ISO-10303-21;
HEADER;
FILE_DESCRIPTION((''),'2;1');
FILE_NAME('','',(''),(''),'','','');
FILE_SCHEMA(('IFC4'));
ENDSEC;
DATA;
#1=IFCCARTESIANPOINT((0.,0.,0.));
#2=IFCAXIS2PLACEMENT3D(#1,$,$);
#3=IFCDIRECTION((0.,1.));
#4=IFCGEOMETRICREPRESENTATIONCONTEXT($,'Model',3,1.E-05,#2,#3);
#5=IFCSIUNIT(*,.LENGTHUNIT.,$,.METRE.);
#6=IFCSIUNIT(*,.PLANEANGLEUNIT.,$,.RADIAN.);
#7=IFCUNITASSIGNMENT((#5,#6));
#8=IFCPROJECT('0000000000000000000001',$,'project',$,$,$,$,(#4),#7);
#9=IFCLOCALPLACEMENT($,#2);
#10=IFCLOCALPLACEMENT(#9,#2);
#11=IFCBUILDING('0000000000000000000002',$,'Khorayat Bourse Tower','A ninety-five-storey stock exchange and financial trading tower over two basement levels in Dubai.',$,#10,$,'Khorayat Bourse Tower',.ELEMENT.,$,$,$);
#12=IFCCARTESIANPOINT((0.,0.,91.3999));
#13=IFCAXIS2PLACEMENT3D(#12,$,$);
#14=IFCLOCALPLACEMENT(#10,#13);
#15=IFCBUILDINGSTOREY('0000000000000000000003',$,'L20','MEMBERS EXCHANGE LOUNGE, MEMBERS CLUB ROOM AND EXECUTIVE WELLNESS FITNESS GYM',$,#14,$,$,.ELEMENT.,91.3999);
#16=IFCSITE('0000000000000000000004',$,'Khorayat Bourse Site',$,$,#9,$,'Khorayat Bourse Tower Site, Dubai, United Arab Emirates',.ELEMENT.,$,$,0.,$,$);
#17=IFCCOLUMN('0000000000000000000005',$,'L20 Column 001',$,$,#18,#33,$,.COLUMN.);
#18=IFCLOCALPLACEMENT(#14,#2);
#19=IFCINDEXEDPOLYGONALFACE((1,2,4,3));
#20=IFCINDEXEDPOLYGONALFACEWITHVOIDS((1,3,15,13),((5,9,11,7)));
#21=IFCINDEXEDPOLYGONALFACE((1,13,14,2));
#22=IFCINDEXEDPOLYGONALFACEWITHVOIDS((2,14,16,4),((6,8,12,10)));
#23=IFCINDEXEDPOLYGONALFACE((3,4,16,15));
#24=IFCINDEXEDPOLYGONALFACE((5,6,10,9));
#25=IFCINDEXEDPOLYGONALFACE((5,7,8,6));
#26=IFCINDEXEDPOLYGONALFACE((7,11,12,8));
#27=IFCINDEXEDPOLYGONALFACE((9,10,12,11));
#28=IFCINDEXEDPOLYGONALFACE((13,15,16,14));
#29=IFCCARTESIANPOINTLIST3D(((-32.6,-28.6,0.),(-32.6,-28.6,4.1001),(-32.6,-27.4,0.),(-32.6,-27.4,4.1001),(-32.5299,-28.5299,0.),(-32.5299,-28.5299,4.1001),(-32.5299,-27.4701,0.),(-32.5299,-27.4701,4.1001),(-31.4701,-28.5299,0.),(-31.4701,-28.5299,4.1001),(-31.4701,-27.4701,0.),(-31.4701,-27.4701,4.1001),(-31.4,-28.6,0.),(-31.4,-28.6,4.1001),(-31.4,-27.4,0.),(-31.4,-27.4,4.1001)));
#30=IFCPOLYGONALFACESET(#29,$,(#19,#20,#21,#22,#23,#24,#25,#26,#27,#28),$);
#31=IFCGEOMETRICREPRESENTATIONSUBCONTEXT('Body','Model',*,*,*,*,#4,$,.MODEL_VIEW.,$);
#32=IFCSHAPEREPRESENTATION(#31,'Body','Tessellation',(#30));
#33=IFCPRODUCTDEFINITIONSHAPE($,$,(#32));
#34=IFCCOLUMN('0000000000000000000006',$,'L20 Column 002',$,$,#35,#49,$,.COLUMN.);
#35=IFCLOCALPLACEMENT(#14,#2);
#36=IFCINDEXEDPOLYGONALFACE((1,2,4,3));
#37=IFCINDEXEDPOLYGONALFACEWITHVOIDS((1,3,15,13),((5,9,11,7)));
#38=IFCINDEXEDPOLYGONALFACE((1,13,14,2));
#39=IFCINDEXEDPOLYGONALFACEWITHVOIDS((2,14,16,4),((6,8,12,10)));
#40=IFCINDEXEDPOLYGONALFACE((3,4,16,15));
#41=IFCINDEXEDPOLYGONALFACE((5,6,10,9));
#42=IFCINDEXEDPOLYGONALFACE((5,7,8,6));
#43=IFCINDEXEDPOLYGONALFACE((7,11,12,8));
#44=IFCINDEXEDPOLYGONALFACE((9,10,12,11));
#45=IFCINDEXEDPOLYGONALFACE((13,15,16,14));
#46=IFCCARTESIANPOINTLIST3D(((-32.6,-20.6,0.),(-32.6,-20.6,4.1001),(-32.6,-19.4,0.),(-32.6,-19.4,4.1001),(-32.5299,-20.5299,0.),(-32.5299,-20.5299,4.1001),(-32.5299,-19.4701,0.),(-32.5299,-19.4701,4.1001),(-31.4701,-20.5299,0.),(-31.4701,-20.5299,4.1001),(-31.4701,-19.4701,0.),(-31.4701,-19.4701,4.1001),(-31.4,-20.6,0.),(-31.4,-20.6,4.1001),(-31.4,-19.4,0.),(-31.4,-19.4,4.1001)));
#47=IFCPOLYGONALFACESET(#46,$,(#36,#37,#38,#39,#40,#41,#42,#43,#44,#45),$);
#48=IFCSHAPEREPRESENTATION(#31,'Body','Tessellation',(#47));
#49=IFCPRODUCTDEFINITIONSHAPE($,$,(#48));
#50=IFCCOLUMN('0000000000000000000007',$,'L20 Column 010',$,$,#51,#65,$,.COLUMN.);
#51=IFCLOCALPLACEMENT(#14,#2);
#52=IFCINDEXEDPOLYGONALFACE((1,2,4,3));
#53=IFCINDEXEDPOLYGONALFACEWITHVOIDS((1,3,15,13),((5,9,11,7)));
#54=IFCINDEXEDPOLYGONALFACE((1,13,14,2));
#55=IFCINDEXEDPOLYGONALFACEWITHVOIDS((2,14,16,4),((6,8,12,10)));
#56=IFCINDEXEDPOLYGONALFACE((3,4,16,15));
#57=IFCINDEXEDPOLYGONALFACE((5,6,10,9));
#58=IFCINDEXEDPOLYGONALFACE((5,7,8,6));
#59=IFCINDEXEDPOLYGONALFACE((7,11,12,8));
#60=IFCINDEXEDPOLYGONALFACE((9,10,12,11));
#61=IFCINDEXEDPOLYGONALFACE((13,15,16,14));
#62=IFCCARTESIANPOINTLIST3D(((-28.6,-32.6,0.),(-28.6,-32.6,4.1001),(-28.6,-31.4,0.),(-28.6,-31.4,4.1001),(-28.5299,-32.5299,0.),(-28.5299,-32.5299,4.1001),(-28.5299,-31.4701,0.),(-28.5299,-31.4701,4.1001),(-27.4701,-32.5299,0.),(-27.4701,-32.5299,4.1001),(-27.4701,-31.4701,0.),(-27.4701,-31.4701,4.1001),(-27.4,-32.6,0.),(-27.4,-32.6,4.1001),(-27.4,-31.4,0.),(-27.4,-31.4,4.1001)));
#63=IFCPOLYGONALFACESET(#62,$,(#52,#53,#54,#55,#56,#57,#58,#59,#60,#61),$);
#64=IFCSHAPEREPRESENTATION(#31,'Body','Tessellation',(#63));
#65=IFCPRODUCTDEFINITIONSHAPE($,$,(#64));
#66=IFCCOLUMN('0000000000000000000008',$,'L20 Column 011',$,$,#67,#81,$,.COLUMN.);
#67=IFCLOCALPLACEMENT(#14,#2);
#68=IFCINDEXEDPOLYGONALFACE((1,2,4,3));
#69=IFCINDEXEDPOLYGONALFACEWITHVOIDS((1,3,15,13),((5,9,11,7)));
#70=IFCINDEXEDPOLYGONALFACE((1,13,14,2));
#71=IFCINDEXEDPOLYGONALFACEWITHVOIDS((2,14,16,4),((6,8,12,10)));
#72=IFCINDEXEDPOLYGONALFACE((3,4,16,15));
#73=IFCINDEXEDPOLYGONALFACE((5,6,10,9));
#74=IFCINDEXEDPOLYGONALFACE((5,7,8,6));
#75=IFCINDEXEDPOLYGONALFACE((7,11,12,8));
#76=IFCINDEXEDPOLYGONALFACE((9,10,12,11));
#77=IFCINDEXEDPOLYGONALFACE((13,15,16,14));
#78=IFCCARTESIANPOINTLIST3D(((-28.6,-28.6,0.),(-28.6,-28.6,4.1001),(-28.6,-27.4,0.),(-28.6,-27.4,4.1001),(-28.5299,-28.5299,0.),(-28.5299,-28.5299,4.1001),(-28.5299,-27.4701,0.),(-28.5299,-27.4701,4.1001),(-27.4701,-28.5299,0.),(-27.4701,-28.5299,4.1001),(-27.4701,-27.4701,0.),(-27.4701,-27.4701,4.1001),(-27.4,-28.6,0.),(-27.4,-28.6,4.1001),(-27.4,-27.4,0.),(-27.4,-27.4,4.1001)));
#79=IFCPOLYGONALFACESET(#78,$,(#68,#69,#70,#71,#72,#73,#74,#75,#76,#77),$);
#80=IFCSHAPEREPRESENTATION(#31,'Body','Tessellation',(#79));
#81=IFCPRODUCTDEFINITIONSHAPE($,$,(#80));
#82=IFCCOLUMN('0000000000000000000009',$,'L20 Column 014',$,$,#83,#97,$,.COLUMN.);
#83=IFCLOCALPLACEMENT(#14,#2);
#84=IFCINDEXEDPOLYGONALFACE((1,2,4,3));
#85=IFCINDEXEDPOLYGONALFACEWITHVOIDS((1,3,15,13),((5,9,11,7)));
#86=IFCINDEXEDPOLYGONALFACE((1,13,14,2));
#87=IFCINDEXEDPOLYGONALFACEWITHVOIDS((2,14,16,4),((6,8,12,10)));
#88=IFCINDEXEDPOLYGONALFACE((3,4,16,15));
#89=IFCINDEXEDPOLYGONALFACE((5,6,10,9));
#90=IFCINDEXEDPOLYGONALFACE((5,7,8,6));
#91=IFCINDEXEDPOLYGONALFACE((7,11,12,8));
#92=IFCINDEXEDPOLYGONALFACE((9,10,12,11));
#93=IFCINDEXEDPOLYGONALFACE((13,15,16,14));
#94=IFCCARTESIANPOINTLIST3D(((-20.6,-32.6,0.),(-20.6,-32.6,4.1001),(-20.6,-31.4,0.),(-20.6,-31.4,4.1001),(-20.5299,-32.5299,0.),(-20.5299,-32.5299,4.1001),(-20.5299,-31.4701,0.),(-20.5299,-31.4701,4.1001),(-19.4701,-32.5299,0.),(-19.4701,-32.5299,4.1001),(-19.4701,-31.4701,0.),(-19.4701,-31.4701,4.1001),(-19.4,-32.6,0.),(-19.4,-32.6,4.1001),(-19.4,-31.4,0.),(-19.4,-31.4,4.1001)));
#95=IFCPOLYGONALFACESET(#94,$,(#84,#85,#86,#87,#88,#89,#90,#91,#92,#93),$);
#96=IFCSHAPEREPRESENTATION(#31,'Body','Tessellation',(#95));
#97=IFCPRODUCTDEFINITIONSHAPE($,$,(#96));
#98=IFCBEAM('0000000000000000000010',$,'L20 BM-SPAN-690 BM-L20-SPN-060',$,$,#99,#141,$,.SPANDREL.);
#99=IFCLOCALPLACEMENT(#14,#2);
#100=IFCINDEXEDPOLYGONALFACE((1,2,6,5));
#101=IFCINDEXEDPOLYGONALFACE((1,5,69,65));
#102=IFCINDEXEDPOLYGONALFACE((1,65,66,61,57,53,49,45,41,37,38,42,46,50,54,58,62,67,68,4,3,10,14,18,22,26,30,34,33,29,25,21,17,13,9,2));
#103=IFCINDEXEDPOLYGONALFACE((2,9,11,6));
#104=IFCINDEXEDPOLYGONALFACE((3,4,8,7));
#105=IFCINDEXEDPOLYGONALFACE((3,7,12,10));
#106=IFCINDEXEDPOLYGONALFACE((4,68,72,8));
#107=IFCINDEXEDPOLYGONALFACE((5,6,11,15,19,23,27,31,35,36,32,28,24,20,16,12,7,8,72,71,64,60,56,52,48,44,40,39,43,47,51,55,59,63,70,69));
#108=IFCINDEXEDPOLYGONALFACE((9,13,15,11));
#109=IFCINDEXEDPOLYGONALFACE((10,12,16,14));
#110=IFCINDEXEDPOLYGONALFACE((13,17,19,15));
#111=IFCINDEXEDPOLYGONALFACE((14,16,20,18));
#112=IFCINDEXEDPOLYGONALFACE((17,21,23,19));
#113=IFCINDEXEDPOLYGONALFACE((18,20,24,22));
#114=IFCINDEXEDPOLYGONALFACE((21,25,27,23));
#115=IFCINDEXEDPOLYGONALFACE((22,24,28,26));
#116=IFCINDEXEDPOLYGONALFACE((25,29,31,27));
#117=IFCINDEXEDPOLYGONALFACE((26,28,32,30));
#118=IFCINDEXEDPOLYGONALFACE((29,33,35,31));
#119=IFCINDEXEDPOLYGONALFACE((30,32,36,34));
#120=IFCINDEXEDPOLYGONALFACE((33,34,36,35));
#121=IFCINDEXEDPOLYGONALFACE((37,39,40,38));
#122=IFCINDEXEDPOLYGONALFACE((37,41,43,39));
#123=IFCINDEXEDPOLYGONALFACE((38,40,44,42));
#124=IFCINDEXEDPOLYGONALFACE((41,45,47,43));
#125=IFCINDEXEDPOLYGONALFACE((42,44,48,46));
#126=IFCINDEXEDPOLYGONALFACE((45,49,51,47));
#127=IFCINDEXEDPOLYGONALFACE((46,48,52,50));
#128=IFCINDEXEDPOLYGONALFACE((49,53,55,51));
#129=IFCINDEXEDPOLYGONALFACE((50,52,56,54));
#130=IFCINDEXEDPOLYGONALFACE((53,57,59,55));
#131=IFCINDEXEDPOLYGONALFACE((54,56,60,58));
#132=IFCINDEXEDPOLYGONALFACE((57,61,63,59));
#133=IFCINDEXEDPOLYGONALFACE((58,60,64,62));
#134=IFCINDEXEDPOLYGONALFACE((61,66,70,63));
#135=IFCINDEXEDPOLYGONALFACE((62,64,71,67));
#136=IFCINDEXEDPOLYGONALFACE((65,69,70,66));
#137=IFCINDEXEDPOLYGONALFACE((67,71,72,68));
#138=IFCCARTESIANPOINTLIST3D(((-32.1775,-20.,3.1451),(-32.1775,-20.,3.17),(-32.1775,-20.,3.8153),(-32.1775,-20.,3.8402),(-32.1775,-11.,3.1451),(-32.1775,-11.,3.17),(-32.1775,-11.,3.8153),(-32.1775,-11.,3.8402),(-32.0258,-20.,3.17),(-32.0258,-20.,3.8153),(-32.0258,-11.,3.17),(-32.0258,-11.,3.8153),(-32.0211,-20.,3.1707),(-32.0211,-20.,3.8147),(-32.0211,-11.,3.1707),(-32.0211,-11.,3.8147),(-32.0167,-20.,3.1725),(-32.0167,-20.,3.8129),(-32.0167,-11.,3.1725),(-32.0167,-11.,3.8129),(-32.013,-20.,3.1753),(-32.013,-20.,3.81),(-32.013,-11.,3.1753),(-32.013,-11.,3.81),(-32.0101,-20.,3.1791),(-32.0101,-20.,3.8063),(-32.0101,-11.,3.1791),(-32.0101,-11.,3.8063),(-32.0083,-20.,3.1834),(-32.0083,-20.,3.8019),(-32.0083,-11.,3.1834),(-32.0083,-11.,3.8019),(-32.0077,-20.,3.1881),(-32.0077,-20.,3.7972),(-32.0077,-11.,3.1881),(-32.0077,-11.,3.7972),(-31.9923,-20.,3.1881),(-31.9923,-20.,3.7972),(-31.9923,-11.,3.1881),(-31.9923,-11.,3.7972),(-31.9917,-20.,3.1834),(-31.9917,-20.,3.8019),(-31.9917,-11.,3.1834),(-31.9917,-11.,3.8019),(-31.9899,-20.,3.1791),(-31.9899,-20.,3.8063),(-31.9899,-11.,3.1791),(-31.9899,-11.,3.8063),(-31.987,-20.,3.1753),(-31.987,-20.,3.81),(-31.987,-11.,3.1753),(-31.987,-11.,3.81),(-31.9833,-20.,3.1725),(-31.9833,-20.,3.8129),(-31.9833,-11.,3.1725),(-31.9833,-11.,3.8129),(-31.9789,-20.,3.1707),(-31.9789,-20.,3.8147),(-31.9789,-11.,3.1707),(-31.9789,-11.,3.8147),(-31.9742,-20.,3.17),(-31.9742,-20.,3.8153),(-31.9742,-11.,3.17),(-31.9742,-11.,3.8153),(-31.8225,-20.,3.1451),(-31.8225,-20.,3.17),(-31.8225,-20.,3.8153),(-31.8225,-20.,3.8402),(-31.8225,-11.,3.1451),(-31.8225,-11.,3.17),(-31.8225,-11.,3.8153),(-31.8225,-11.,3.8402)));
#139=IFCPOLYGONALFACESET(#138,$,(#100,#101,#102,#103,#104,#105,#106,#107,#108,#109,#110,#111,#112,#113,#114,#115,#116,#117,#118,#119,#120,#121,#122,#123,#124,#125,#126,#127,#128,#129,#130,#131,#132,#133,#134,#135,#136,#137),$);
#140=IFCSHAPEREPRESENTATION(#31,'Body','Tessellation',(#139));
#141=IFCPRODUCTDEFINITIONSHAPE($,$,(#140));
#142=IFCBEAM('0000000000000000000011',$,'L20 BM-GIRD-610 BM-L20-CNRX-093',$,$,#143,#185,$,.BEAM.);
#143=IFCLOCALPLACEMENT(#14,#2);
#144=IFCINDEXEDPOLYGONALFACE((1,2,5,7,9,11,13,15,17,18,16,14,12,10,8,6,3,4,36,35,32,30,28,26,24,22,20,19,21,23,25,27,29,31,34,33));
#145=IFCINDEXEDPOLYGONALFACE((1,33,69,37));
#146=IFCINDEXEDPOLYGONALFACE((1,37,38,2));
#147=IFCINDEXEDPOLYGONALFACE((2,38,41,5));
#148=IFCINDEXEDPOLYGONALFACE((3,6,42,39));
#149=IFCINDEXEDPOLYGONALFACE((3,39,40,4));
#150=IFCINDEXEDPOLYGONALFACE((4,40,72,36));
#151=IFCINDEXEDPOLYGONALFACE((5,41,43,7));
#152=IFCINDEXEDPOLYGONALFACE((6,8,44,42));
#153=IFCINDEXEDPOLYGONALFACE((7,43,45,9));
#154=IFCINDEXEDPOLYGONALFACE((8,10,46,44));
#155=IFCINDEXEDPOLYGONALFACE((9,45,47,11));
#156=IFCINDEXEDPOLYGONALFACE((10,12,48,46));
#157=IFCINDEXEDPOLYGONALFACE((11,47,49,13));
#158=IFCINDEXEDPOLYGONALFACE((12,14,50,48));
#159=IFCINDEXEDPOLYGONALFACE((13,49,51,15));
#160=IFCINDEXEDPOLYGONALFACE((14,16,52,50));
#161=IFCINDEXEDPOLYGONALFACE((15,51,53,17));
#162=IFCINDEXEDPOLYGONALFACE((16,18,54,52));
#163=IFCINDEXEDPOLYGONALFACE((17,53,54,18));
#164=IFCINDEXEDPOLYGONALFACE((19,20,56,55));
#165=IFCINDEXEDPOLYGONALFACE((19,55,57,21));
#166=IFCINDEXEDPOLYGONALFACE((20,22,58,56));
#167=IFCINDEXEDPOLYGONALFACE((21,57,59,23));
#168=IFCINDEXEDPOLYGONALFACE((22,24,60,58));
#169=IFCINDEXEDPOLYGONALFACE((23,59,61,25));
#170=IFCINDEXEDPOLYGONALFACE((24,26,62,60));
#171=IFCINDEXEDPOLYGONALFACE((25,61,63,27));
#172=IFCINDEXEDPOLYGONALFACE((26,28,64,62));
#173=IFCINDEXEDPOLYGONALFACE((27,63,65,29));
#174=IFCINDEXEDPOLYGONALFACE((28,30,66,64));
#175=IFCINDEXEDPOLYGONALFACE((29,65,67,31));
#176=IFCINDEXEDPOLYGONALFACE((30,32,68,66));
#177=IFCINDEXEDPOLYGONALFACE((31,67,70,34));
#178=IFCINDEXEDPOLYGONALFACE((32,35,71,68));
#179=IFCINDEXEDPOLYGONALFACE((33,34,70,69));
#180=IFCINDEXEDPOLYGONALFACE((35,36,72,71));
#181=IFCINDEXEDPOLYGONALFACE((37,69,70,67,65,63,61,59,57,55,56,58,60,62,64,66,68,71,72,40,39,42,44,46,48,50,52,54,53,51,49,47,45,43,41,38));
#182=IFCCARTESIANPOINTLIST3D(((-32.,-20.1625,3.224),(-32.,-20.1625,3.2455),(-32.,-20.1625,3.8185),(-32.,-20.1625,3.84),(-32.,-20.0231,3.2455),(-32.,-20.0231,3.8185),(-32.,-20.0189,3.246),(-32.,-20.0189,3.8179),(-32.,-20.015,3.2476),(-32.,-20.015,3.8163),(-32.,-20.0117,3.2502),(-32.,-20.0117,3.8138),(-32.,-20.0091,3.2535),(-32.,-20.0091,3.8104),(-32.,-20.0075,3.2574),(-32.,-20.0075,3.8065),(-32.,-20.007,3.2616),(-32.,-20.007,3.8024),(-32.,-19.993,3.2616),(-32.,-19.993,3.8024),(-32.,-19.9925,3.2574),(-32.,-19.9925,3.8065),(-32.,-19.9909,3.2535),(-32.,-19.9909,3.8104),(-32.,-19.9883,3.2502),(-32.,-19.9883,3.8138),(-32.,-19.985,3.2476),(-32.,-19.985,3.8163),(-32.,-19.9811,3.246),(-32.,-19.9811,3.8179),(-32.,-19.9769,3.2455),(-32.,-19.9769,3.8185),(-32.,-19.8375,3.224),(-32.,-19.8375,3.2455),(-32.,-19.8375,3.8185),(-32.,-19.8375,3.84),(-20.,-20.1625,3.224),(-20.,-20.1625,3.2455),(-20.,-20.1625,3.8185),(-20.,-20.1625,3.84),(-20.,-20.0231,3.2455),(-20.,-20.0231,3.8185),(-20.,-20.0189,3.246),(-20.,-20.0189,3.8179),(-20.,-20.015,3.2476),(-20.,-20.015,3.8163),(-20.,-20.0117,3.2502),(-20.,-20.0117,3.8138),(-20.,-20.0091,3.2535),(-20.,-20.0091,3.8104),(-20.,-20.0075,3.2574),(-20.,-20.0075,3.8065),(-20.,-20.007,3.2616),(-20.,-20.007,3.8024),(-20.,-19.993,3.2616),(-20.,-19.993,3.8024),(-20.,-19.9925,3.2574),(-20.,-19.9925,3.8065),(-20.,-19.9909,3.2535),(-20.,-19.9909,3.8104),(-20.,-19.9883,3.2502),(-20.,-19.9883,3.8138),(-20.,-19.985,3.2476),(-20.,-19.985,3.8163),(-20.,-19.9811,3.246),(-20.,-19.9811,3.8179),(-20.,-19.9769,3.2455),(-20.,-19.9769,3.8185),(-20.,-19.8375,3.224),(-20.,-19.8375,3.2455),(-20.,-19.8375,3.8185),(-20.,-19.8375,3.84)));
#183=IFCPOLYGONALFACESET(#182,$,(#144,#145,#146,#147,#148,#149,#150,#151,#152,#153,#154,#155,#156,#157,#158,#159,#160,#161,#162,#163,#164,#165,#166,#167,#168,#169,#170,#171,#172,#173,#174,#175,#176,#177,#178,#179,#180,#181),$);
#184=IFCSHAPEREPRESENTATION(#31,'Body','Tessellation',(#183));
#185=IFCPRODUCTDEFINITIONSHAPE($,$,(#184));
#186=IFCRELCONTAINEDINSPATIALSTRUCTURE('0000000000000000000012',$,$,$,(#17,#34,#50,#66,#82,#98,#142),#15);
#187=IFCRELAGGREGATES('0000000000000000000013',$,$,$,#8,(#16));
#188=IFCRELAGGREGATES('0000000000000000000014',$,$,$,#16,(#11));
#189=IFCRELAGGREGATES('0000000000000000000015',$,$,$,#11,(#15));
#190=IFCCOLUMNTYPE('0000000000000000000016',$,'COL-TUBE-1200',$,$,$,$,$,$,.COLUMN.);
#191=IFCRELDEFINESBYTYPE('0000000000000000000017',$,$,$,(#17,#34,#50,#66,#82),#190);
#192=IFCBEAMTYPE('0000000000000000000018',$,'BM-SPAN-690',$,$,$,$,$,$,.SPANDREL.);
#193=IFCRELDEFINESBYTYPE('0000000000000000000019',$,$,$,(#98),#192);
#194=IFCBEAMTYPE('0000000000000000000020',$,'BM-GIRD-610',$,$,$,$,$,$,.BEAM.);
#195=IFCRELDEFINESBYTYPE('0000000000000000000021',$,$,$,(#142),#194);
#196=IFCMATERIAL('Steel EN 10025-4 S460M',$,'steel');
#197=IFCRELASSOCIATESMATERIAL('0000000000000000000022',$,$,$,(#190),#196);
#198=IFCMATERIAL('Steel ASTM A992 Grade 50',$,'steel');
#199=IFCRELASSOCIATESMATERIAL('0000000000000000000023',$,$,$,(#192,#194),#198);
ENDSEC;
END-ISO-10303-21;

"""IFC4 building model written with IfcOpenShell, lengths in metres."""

from ifc_helpers import new_model, si_unit, direction, frame, origin, origin_2d, place, context, subcontext, project, spatial, hollow_rectangle, i_section, extrude, source, transform, mapped, material, material_profile, profile_set, type_object, element, save


model = new_model("IFC4")

# Units and contexts
model_context = context("Model", 3, precision=1e-05, world=origin(), true_north=direction((0.0, 1.0)))
body_context = subcontext(model_context, "Body", "Model", "MODEL_VIEW")
ifc_project = project(units=[si_unit("LENGTHUNIT", "METRE"), si_unit("PLANEANGLEUNIT", "RADIAN")], contexts=[model_context])

# Site, building, storey
site_placement = place(None, origin())
site = spatial("IfcSite", under=ifc_project, at=site_placement, Name="Khorayat Bourse Site", LongName="Khorayat Bourse Tower Site, Dubai, United Arab Emirates", CompositionType="ELEMENT", RefElevation=0.0)
building_placement = place(site_placement, origin())
building = spatial("IfcBuilding", under=site, at=building_placement, Name="Khorayat Bourse Tower", Description="A ninety-five-storey stock exchange and financial trading tower over two basement levels in Dubai.", LongName="Khorayat Bourse Tower", CompositionType="ELEMENT")
storey_placement = place(building_placement, frame((0.0, 0.0, 91.3999)))
storey = spatial("IfcBuildingStorey", under=building, at=storey_placement, Name="L20", Description="MEMBERS EXCHANGE LOUNGE, MEMBERS CLUB ROOM AND EXECUTIVE WELLNESS FITNESS GYM", CompositionType="ELEMENT", Elevation=91.3999)

# Columns
ifc_material_1 = material(Name="Steel EN 10025-4 S460M", Category="steel")
ifc_material_profile_1 = material_profile(ifc_material_1, hollow_rectangle(XDim=1.2, YDim=1.2, WallThickness=0.0701, at=origin_2d()), Name="BOX 1200x1200x70")
ifc_profile_set_1 = profile_set([ifc_material_profile_1], Name="Steel EN 10025-4 S460M")
column_type = type_object("IfcColumnType", Name="COL-TUBE-1200", PredefinedType="COLUMN", material=ifc_profile_set_1)
shared_shape_1 = source(origin(), body_context, "Body", "SweptSolid", [
    extrude(hollow_rectangle(XDim=1.2, YDim=1.2, WallThickness=0.0701, at=origin_2d()), origin(), (0.0, 0.0, 1.0), 4.1001),
])
for number, where, z_axis, x_axis, name in (
    (1, (-32.0, -28.0, 0.0), (0.0, 0.0, 1.0), (1.0, 0.0, 0.0), "L20 Column 001"),
    (2, (-32.0, -20.0, 0.0), (0.0, 0.0, 1.0), (1.0, 0.0, 0.0), "L20 Column 002"),
    (3, (-28.0, -32.0, 0.0), (0.0, 0.0, 1.0), (1.0, 0.0, 0.0), "L20 Column 010"),
    (4, (-28.0, -28.0, 0.0), (0.0, 0.0, 1.0), (1.0, 0.0, 0.0), "L20 Column 011"),
    (5, (-20.0, -32.0, 0.0), (0.0, 0.0, 1.0), (1.0, 0.0, 0.0), "L20 Column 014"),
):
    element("IfcColumn", number, at=place(storey_placement, frame(where, z_axis=z_axis, x_axis=x_axis)), inside=storey, type_object=column_type, Name=name, PredefinedType="COLUMN", context=body_context, shape_type="MappedRepresentation", body=[
        mapped(shared_shape_1, transform((0.0, 0.0, 0.0), scale=1.0)),
    ])

# Beams
ifc_material_2 = material(Name="Steel ASTM A992 Grade 50", Category="steel")
ifc_material_profile_2 = material_profile(ifc_material_2, i_section(OverallWidth=0.355, OverallDepth=0.6951, WebThickness=0.0154, FlangeThickness=0.0249, FilletRadius=0.0181, at=origin_2d()), Name="W690X217")
ifc_profile_set_2 = profile_set([ifc_material_profile_2], Name="Steel ASTM A992 Grade 50")
beam_type_1 = type_object("IfcBeamType", Name="BM-SPAN-690", PredefinedType="SPANDREL", material=ifc_profile_set_2)
shared_shape_2 = source(origin(), body_context, "Body", "SweptSolid", [
    extrude(i_section(OverallWidth=0.355, OverallDepth=0.6951, WebThickness=0.0154, FlangeThickness=0.0249, FilletRadius=0.0181, at=origin_2d()), origin(), (0.0, 0.0, 1.0), 9.0),
])
beam_1_placement = place(storey_placement, frame((-32.0, -20.0, 3.4927), z_axis=(0.0, 1.0, 0.0), x_axis=(-1.0, 0.0, 0.0)))
element("IfcBeam", 6, at=beam_1_placement, inside=storey, type_object=beam_type_1, Name="L20 BM-SPAN-690 BM-L20-SPN-060", PredefinedType="SPANDREL", context=body_context, shape_type="MappedRepresentation", body=[
    mapped(shared_shape_2, transform((0.0, 0.0, 0.0), scale=1.0)),
])
ifc_material_profile_3 = material_profile(ifc_material_2, i_section(OverallWidth=0.325, OverallDepth=0.616, WebThickness=0.0139, FlangeThickness=0.0215, FilletRadius=0.0161, at=origin_2d()), Name="W610X174")
ifc_profile_set_3 = profile_set([ifc_material_profile_3], Name="Steel ASTM A992 Grade 50")
beam_type_2 = type_object("IfcBeamType", Name="BM-GIRD-610", PredefinedType="BEAM", material=ifc_profile_set_3)
shared_shape_3 = source(origin(), body_context, "Body", "SweptSolid", [
    extrude(i_section(OverallWidth=0.325, OverallDepth=0.616, WebThickness=0.0139, FlangeThickness=0.0215, FilletRadius=0.0161, at=origin_2d()), origin(), (0.0, 0.0, 1.0), 12.0),
])
beam_2_placement = place(storey_placement, frame((-32.0, -20.0, 3.532), z_axis=(1.0, 0.0, 0.0), x_axis=(0.0, 1.0, 0.0)))
element("IfcBeam", 7, at=beam_2_placement, inside=storey, type_object=beam_type_2, Name="L20 BM-GIRD-610 BM-L20-CNRX-093", PredefinedType="BEAM", context=body_context, shape_type="MappedRepresentation", body=[
    mapped(shared_shape_3, transform((0.0, 0.0, 0.0), scale=1.0)),
])

save(model, "model.ifc")
